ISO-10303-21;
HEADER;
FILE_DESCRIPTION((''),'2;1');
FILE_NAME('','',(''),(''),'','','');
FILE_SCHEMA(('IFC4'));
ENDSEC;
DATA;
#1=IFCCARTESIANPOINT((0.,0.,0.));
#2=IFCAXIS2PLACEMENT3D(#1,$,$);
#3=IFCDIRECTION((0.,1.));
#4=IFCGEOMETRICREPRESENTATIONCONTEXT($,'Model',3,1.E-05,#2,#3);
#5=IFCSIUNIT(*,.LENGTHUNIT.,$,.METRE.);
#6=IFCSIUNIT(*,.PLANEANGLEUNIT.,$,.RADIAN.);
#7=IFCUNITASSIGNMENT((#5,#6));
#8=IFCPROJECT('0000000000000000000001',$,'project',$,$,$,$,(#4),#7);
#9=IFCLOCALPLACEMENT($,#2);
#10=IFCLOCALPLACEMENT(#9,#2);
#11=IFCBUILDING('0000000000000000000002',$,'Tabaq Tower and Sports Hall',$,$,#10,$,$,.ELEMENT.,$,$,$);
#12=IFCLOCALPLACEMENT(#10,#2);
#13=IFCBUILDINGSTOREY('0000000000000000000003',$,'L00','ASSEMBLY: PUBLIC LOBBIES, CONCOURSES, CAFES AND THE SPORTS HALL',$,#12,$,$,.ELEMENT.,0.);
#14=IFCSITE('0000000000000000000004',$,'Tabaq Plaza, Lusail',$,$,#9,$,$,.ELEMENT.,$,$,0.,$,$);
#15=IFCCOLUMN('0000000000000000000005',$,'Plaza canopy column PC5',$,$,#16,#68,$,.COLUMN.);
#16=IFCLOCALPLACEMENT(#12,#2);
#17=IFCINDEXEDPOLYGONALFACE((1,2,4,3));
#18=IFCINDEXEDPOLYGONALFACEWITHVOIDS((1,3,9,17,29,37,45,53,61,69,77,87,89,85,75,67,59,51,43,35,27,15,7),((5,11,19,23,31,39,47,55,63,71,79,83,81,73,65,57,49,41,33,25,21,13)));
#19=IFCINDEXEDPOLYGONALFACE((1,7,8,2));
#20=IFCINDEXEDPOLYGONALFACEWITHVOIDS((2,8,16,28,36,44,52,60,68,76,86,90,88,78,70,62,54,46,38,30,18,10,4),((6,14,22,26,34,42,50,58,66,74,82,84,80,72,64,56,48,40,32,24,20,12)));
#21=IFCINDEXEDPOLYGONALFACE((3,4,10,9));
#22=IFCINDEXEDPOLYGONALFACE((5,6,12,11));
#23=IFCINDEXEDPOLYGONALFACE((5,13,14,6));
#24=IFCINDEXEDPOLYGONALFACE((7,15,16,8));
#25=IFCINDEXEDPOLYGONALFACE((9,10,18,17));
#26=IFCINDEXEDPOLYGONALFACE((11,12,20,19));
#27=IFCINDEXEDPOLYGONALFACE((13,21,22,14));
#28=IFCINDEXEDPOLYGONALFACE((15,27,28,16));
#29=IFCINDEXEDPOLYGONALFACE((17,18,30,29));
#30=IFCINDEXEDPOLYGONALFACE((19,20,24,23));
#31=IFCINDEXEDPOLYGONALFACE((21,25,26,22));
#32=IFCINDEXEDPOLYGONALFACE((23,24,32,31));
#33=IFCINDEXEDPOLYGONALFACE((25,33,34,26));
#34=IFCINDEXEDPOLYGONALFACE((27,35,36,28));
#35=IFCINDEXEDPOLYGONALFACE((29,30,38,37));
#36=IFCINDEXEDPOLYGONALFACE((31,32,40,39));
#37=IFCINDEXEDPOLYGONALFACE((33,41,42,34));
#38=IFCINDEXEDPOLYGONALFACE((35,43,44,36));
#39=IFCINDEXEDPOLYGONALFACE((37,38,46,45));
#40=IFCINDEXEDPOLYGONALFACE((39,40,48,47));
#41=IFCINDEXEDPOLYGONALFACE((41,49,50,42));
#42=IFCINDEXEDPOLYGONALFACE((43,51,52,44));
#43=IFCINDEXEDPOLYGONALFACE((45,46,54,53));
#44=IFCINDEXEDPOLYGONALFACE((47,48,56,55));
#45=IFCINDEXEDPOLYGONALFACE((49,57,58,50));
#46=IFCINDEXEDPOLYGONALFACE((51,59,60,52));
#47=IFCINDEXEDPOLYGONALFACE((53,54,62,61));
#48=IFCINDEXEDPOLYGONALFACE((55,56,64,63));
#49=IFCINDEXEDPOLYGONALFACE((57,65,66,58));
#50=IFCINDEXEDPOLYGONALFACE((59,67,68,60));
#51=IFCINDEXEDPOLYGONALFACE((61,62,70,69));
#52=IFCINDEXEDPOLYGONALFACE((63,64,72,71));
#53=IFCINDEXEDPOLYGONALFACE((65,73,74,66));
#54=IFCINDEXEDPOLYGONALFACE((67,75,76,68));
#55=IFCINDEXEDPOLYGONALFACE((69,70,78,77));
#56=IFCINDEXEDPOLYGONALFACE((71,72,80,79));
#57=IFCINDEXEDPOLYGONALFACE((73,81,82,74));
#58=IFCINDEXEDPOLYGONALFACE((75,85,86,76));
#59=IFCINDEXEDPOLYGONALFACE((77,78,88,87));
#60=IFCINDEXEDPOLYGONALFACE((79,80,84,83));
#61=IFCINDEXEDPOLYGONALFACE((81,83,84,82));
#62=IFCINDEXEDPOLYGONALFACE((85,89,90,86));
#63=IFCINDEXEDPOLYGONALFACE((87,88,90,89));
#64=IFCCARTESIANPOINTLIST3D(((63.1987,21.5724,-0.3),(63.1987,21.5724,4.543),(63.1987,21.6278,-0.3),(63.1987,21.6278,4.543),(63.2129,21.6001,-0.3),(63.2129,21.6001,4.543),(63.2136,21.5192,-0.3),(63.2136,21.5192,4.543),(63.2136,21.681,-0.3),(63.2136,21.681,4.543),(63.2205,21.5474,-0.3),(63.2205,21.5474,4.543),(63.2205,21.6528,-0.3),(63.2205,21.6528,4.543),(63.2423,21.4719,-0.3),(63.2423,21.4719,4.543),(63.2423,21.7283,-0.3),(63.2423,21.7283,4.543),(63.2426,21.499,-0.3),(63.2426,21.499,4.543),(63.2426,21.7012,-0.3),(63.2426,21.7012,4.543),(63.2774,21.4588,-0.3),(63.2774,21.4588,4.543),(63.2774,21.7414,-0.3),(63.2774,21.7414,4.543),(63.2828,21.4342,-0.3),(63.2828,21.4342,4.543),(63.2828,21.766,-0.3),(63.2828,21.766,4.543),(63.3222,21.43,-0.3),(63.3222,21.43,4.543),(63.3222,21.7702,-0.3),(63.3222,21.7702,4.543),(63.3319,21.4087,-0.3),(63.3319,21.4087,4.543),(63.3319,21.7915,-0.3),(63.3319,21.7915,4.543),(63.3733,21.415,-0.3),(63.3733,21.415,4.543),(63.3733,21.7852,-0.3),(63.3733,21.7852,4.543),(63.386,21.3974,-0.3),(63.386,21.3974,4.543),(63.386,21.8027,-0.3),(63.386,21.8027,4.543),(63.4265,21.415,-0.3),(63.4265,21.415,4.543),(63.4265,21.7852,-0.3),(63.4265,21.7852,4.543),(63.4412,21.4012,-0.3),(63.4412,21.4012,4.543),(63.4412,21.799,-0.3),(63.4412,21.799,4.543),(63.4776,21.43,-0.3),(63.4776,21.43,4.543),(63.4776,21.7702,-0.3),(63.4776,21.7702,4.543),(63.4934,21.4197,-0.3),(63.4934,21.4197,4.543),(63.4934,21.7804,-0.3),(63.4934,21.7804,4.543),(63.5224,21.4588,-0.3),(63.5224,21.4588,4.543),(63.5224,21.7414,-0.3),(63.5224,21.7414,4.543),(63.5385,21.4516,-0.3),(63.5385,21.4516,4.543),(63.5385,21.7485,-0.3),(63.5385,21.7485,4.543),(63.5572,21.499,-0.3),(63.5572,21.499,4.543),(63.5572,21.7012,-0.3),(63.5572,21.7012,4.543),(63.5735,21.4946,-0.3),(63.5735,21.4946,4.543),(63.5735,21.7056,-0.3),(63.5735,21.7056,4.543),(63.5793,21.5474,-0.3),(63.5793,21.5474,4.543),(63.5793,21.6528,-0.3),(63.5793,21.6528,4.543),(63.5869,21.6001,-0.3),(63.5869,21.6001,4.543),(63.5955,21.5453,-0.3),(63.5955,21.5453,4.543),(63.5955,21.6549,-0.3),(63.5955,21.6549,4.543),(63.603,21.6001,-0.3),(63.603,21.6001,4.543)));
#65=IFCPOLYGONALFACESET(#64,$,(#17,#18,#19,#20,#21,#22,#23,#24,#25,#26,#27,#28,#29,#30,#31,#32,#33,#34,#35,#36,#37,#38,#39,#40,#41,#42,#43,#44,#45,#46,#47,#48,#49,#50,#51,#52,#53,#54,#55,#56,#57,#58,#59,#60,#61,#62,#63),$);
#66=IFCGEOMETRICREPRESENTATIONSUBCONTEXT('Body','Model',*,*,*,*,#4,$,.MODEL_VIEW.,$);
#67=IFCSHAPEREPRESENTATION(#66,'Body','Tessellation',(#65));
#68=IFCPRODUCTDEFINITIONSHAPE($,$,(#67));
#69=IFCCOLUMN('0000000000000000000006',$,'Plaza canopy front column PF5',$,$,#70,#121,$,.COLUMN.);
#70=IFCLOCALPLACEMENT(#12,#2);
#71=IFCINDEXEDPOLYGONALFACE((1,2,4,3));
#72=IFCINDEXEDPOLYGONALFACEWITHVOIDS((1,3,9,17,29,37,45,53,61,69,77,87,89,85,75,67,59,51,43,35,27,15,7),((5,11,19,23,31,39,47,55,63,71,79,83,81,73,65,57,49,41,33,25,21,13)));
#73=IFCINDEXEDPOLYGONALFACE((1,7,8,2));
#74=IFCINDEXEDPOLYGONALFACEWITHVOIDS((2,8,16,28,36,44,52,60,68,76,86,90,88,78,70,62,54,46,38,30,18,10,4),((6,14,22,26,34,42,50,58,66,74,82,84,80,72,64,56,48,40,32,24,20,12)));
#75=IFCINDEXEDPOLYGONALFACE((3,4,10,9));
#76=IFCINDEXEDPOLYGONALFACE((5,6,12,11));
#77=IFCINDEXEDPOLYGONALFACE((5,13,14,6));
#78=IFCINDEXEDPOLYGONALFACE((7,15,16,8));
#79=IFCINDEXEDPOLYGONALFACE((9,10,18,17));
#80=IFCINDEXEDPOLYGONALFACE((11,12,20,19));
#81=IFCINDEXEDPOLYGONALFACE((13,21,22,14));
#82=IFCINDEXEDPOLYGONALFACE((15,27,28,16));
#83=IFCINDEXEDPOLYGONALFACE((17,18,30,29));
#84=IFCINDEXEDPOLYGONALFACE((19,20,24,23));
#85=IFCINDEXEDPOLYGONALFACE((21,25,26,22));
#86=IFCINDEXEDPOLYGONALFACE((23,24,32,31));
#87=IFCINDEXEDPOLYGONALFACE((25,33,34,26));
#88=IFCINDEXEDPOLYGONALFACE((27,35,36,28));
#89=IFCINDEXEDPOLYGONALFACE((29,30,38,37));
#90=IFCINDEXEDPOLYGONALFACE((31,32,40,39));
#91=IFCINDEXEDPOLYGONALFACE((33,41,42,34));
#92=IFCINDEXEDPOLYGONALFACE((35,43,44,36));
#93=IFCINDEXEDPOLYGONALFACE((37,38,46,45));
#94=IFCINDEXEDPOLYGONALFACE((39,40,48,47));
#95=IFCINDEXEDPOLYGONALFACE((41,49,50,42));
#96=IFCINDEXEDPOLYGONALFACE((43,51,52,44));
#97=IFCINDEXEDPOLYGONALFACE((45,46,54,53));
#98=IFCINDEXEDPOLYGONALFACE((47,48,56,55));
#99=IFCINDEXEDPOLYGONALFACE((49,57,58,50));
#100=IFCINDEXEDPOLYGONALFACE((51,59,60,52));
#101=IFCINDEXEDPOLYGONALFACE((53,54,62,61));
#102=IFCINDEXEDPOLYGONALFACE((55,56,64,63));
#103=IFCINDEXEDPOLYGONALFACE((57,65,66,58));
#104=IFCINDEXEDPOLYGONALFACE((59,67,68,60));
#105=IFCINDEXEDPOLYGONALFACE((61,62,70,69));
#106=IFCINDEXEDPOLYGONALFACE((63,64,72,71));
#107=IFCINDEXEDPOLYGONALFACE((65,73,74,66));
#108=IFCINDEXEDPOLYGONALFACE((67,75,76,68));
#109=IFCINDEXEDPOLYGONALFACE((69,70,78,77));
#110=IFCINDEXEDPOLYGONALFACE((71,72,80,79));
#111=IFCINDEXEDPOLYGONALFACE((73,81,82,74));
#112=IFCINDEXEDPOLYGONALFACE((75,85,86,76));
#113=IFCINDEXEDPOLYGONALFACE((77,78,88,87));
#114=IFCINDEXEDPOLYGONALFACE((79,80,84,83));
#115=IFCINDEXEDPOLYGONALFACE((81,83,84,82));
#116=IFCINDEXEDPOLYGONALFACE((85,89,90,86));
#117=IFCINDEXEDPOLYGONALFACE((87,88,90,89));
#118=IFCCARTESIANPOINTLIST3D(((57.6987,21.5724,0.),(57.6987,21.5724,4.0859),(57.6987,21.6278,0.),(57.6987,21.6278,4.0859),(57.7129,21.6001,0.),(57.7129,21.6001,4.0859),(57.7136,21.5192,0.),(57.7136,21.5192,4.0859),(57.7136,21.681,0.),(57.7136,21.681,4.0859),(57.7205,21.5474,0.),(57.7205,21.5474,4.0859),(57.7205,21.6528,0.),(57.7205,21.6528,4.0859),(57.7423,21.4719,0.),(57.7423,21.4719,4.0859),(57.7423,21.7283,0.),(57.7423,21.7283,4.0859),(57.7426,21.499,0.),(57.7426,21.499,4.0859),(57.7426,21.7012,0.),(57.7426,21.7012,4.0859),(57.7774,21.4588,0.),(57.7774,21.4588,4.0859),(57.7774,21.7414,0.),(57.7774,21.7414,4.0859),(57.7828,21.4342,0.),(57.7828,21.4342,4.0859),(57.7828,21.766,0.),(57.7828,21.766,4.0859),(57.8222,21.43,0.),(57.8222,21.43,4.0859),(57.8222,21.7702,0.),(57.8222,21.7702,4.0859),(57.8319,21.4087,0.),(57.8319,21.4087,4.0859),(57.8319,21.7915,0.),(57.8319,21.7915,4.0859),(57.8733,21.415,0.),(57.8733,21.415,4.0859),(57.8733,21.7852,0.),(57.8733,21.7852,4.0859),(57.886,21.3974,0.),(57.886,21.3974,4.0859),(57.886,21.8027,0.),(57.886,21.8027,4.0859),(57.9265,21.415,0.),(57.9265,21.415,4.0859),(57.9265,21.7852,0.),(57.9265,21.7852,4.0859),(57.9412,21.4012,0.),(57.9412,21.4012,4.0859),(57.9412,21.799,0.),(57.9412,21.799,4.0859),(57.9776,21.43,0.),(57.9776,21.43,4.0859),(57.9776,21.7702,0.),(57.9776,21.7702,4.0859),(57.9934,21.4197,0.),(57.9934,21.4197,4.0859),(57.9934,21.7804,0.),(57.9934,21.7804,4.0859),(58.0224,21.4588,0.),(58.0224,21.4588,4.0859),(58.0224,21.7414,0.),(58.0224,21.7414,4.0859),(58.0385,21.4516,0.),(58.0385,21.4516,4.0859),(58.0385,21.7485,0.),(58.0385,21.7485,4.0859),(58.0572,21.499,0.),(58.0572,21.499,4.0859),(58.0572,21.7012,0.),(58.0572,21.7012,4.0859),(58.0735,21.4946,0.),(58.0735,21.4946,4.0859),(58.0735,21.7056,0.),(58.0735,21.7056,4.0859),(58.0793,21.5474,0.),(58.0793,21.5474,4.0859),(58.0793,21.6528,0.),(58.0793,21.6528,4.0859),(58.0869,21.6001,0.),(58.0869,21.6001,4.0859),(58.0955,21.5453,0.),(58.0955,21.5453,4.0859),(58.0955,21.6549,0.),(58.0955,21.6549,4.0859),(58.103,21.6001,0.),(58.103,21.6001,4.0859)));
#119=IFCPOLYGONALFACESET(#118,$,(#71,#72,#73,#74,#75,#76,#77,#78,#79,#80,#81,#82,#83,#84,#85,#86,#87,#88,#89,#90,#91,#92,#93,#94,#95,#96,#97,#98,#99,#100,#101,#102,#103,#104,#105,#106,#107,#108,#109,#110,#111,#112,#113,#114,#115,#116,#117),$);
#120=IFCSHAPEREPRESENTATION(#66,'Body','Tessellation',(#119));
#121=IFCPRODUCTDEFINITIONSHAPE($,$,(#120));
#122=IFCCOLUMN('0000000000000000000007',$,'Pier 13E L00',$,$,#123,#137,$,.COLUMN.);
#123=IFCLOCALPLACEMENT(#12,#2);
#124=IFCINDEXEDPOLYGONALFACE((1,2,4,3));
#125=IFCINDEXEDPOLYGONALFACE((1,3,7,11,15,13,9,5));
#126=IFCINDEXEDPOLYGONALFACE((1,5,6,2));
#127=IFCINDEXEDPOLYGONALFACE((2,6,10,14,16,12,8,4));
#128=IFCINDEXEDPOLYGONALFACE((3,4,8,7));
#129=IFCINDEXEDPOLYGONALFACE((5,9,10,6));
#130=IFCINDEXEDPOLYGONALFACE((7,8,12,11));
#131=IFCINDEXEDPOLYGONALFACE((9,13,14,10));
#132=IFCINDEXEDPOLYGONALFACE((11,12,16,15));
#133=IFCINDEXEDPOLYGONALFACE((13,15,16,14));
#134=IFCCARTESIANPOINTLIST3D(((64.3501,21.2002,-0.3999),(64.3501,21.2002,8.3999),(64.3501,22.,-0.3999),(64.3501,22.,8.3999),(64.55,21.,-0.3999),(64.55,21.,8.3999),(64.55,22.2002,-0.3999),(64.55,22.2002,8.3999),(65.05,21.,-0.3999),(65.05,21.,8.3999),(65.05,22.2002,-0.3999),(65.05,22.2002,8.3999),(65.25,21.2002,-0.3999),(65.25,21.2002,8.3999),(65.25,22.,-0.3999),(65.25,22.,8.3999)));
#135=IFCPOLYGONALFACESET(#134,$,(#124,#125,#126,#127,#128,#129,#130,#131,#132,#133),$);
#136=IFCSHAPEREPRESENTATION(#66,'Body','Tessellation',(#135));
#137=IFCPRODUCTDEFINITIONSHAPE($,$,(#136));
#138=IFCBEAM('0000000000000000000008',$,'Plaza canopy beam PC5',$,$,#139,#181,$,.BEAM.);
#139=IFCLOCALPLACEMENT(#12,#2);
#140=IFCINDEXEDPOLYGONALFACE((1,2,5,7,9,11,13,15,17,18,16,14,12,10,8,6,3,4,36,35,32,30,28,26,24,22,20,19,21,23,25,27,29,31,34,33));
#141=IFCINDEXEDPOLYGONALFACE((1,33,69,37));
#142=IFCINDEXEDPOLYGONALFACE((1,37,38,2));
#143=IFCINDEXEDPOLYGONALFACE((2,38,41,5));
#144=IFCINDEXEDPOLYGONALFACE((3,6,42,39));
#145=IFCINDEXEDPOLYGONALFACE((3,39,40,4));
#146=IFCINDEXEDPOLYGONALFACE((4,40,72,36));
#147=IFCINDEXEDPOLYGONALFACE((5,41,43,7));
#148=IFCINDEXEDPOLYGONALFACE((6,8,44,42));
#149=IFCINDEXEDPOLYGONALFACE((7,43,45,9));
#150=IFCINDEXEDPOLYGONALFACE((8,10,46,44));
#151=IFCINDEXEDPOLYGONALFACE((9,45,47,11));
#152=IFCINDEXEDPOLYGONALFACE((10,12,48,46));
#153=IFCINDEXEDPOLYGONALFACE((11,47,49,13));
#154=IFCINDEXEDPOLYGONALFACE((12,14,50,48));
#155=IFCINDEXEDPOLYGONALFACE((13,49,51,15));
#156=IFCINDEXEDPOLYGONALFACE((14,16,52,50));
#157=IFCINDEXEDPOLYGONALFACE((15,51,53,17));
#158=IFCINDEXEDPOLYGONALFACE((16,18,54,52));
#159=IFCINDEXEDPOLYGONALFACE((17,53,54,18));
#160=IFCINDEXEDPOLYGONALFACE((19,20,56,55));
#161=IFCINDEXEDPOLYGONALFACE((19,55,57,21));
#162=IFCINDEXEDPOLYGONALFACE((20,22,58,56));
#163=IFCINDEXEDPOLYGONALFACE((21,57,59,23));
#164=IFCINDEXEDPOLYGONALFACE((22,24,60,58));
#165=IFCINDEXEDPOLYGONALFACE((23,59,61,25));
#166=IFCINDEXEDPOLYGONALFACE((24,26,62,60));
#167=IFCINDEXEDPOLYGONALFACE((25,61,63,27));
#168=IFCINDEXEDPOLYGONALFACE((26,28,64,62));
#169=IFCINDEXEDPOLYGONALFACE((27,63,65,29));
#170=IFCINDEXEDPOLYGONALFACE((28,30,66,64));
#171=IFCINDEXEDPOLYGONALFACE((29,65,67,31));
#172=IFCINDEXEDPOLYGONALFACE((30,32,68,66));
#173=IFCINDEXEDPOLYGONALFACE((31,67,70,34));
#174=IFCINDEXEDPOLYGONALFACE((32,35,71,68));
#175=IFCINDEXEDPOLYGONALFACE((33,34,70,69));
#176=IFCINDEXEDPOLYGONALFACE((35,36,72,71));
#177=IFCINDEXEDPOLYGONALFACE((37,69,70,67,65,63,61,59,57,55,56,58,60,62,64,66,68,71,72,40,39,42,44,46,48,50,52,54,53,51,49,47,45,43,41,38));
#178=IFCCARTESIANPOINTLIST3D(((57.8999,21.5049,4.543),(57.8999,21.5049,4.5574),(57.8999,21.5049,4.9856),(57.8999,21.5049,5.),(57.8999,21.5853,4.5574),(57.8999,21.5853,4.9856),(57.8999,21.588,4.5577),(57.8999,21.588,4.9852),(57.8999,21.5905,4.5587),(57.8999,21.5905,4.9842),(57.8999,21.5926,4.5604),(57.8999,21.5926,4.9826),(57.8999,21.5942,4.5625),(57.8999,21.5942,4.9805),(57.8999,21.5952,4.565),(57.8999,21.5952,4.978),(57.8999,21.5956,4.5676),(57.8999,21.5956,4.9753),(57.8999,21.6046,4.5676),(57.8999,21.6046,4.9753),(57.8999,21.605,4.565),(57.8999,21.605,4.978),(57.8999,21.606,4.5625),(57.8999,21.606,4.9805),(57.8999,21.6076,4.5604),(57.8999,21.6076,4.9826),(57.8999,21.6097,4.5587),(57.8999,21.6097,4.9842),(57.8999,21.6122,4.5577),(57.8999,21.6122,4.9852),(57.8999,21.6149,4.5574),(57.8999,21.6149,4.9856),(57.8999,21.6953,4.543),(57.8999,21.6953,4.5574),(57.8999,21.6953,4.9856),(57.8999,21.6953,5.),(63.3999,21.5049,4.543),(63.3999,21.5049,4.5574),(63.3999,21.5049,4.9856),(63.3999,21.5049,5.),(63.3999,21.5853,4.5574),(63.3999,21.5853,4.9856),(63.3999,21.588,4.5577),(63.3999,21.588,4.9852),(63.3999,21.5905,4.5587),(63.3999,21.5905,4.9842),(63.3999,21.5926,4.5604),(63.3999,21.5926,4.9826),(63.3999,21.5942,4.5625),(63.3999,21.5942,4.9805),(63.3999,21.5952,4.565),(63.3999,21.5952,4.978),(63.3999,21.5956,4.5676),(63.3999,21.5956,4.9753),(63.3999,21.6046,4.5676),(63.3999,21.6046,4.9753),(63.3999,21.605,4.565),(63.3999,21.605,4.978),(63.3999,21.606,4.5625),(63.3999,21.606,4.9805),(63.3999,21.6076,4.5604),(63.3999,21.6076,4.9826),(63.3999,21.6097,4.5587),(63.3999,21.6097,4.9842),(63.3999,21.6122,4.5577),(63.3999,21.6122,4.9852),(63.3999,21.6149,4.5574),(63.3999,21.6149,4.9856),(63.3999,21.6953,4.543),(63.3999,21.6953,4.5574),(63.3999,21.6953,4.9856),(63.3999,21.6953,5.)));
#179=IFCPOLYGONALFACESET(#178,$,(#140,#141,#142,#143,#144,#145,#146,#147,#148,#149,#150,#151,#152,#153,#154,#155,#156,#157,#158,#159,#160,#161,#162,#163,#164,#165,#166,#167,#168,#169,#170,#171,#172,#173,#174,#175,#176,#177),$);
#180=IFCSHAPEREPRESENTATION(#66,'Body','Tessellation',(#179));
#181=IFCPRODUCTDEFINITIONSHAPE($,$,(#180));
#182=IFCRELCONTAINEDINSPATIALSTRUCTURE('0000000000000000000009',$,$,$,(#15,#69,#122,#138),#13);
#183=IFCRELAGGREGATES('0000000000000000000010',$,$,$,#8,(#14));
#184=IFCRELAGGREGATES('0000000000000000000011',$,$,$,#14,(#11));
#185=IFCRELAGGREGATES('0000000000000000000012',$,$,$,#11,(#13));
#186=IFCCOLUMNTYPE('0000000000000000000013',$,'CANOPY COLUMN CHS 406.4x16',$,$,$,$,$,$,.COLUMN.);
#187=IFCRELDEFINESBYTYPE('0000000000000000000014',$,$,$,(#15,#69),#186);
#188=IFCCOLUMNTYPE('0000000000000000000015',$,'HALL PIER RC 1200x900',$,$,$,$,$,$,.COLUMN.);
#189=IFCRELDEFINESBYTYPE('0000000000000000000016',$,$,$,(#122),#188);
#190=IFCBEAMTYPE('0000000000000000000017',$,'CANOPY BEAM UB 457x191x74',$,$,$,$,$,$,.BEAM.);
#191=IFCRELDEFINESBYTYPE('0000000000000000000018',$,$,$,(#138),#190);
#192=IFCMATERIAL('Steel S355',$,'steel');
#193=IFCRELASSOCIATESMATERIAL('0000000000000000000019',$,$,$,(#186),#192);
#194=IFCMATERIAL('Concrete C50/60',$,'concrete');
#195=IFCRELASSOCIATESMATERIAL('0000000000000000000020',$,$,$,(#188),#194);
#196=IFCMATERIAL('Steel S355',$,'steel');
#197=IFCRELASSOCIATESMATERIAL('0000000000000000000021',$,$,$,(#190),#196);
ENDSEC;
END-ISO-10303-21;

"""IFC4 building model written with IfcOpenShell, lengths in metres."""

from ifc_helpers import new_model, si_unit, direction, frame, origin, origin_2d, place, context, subcontext, project, spatial, polyline, hollow_circle, i_section, outline, extrude, material, material_profile, profile_set, type_object, element, save


model = new_model("IFC4")

# Units and contexts
model_context = context("Model", 3, precision=1e-05, world=origin(), true_north=direction((0.0, 1.0)))
body_context = subcontext(model_context, "Body", "Model", "MODEL_VIEW")
ifc_project = project(units=[si_unit("LENGTHUNIT", "METRE"), si_unit("PLANEANGLEUNIT", "RADIAN")], contexts=[model_context])

# Site, building, storey
site_placement = place(None, origin())
site = spatial("IfcSite", under=ifc_project, at=site_placement, Name="Tabaq Plaza, Lusail", CompositionType="ELEMENT", RefElevation=0.0)
building_placement = place(site_placement, origin())
building = spatial("IfcBuilding", under=site, at=building_placement, Name="Tabaq Tower and Sports Hall", CompositionType="ELEMENT")
storey_placement = place(building_placement, origin())
storey = spatial("IfcBuildingStorey", under=building, at=storey_placement, Name="L00", Description="ASSEMBLY: PUBLIC LOBBIES, CONCOURSES, CAFES AND THE SPORTS HALL", CompositionType="ELEMENT", Elevation=0.0)

# Columns
ifc_material_1 = material(Name="Steel S355", Category="steel")
ifc_material_profile_1 = material_profile(ifc_material_1, hollow_circle(Radius=0.2031, WallThickness=0.0161, at=origin_2d()), Name="CHS 406.4x16")
ifc_profile_set_1 = profile_set([ifc_material_profile_1], Name="Steel S355")
column_type_1 = type_object("IfcColumnType", Name="CANOPY COLUMN CHS 406.4x16", PredefinedType="COLUMN", material=ifc_profile_set_1)
column_1_placement = place(storey_placement, frame((63.3999, 21.6001, -0.3), z_axis=(0.0, 0.0, 1.0), x_axis=(1.0, 0.0, 0.0)))
element("IfcColumn", 1, at=column_1_placement, inside=storey, type_object=column_type_1, Name="Plaza canopy column PC5", PredefinedType="COLUMN", context=body_context, shape_type="SweptSolid", body=[
    extrude(hollow_circle(Radius=0.2031, WallThickness=0.0161, at=origin_2d()), origin(), (0.0, 0.0, 1.0), 4.843),
])
column_2_placement = place(storey_placement, frame((57.8999, 21.6001, 0.0), z_axis=(0.0, 0.0, 1.0), x_axis=(1.0, 0.0, 0.0)))
element("IfcColumn", 2, at=column_2_placement, inside=storey, type_object=column_type_1, Name="Plaza canopy front column PF5", PredefinedType="COLUMN", context=body_context, shape_type="SweptSolid", body=[
    extrude(hollow_circle(Radius=0.2031, WallThickness=0.0161, at=origin_2d()), origin(), (0.0, 0.0, 1.0), 4.0859),
])
ifc_material_2 = material(Name="Concrete C50/60", Category="concrete")
ifc_material_profile_2 = material_profile(ifc_material_2, outline(polyline([(-0.3999, -0.45), (0.3999, -0.45), (0.6001, -0.25), (0.6001, 0.25), (0.3999, 0.45), (-0.3999, 0.45), (-0.6001, 0.25), (-0.6001, -0.25), (-0.3999, -0.45)])), Name="PIER 1200x900")
ifc_profile_set_2 = profile_set([ifc_material_profile_2], Name="Concrete C50/60")
column_type_2 = type_object("IfcColumnType", Name="HALL PIER RC 1200x900", PredefinedType="COLUMN", material=ifc_profile_set_2)
column_3_placement = place(storey_placement, frame((64.8, 21.6001, -0.3999), z_axis=(0.0, 0.0, 1.0), x_axis=(0.0, 1.0, 0.0)))
element("IfcColumn", 3, at=column_3_placement, inside=storey, type_object=column_type_2, Name="Pier 13E L00", PredefinedType="COLUMN", context=body_context, shape_type="SweptSolid", body=[
    extrude(outline(polyline([(-0.3999, -0.45), (0.3999, -0.45), (0.6001, -0.25), (0.6001, 0.25), (0.3999, 0.45), (-0.3999, 0.45), (-0.6001, 0.25), (-0.6001, -0.25), (-0.3999, -0.45)])), origin(), (0.0, 0.0, 1.0), 8.7998),
])

# Beam
ifc_material_3 = material(Name="Steel S355", Category="steel")
ifc_material_profile_3 = material_profile(ifc_material_3, i_section(OverallWidth=0.1904, OverallDepth=0.457, WebThickness=0.009, FlangeThickness=0.0144, FilletRadius=0.0103, at=origin_2d()), Name="UB 457x191x74")
ifc_profile_set_3 = profile_set([ifc_material_profile_3], Name="Steel S355")
beam_type_1 = type_object("IfcBeamType", Name="CANOPY BEAM UB 457x191x74", PredefinedType="BEAM", material=ifc_profile_set_3)
beam_1_placement = place(storey_placement, frame((57.8999, 21.6001, 4.7715), z_axis=(1.0, 0.0, 0.0), x_axis=(0.0, 1.0, 0.0)))
element("IfcBeam", 4, at=beam_1_placement, inside=storey, type_object=beam_type_1, Name="Plaza canopy beam PC5", PredefinedType="BEAM", context=body_context, shape_type="SweptSolid", body=[
    extrude(i_section(OverallWidth=0.1904, OverallDepth=0.457, WebThickness=0.009, FlangeThickness=0.0144, FilletRadius=0.0103, at=origin_2d()), origin(), (0.0, 0.0, 1.0), 5.5),
])

save(model, "model.ifc")
